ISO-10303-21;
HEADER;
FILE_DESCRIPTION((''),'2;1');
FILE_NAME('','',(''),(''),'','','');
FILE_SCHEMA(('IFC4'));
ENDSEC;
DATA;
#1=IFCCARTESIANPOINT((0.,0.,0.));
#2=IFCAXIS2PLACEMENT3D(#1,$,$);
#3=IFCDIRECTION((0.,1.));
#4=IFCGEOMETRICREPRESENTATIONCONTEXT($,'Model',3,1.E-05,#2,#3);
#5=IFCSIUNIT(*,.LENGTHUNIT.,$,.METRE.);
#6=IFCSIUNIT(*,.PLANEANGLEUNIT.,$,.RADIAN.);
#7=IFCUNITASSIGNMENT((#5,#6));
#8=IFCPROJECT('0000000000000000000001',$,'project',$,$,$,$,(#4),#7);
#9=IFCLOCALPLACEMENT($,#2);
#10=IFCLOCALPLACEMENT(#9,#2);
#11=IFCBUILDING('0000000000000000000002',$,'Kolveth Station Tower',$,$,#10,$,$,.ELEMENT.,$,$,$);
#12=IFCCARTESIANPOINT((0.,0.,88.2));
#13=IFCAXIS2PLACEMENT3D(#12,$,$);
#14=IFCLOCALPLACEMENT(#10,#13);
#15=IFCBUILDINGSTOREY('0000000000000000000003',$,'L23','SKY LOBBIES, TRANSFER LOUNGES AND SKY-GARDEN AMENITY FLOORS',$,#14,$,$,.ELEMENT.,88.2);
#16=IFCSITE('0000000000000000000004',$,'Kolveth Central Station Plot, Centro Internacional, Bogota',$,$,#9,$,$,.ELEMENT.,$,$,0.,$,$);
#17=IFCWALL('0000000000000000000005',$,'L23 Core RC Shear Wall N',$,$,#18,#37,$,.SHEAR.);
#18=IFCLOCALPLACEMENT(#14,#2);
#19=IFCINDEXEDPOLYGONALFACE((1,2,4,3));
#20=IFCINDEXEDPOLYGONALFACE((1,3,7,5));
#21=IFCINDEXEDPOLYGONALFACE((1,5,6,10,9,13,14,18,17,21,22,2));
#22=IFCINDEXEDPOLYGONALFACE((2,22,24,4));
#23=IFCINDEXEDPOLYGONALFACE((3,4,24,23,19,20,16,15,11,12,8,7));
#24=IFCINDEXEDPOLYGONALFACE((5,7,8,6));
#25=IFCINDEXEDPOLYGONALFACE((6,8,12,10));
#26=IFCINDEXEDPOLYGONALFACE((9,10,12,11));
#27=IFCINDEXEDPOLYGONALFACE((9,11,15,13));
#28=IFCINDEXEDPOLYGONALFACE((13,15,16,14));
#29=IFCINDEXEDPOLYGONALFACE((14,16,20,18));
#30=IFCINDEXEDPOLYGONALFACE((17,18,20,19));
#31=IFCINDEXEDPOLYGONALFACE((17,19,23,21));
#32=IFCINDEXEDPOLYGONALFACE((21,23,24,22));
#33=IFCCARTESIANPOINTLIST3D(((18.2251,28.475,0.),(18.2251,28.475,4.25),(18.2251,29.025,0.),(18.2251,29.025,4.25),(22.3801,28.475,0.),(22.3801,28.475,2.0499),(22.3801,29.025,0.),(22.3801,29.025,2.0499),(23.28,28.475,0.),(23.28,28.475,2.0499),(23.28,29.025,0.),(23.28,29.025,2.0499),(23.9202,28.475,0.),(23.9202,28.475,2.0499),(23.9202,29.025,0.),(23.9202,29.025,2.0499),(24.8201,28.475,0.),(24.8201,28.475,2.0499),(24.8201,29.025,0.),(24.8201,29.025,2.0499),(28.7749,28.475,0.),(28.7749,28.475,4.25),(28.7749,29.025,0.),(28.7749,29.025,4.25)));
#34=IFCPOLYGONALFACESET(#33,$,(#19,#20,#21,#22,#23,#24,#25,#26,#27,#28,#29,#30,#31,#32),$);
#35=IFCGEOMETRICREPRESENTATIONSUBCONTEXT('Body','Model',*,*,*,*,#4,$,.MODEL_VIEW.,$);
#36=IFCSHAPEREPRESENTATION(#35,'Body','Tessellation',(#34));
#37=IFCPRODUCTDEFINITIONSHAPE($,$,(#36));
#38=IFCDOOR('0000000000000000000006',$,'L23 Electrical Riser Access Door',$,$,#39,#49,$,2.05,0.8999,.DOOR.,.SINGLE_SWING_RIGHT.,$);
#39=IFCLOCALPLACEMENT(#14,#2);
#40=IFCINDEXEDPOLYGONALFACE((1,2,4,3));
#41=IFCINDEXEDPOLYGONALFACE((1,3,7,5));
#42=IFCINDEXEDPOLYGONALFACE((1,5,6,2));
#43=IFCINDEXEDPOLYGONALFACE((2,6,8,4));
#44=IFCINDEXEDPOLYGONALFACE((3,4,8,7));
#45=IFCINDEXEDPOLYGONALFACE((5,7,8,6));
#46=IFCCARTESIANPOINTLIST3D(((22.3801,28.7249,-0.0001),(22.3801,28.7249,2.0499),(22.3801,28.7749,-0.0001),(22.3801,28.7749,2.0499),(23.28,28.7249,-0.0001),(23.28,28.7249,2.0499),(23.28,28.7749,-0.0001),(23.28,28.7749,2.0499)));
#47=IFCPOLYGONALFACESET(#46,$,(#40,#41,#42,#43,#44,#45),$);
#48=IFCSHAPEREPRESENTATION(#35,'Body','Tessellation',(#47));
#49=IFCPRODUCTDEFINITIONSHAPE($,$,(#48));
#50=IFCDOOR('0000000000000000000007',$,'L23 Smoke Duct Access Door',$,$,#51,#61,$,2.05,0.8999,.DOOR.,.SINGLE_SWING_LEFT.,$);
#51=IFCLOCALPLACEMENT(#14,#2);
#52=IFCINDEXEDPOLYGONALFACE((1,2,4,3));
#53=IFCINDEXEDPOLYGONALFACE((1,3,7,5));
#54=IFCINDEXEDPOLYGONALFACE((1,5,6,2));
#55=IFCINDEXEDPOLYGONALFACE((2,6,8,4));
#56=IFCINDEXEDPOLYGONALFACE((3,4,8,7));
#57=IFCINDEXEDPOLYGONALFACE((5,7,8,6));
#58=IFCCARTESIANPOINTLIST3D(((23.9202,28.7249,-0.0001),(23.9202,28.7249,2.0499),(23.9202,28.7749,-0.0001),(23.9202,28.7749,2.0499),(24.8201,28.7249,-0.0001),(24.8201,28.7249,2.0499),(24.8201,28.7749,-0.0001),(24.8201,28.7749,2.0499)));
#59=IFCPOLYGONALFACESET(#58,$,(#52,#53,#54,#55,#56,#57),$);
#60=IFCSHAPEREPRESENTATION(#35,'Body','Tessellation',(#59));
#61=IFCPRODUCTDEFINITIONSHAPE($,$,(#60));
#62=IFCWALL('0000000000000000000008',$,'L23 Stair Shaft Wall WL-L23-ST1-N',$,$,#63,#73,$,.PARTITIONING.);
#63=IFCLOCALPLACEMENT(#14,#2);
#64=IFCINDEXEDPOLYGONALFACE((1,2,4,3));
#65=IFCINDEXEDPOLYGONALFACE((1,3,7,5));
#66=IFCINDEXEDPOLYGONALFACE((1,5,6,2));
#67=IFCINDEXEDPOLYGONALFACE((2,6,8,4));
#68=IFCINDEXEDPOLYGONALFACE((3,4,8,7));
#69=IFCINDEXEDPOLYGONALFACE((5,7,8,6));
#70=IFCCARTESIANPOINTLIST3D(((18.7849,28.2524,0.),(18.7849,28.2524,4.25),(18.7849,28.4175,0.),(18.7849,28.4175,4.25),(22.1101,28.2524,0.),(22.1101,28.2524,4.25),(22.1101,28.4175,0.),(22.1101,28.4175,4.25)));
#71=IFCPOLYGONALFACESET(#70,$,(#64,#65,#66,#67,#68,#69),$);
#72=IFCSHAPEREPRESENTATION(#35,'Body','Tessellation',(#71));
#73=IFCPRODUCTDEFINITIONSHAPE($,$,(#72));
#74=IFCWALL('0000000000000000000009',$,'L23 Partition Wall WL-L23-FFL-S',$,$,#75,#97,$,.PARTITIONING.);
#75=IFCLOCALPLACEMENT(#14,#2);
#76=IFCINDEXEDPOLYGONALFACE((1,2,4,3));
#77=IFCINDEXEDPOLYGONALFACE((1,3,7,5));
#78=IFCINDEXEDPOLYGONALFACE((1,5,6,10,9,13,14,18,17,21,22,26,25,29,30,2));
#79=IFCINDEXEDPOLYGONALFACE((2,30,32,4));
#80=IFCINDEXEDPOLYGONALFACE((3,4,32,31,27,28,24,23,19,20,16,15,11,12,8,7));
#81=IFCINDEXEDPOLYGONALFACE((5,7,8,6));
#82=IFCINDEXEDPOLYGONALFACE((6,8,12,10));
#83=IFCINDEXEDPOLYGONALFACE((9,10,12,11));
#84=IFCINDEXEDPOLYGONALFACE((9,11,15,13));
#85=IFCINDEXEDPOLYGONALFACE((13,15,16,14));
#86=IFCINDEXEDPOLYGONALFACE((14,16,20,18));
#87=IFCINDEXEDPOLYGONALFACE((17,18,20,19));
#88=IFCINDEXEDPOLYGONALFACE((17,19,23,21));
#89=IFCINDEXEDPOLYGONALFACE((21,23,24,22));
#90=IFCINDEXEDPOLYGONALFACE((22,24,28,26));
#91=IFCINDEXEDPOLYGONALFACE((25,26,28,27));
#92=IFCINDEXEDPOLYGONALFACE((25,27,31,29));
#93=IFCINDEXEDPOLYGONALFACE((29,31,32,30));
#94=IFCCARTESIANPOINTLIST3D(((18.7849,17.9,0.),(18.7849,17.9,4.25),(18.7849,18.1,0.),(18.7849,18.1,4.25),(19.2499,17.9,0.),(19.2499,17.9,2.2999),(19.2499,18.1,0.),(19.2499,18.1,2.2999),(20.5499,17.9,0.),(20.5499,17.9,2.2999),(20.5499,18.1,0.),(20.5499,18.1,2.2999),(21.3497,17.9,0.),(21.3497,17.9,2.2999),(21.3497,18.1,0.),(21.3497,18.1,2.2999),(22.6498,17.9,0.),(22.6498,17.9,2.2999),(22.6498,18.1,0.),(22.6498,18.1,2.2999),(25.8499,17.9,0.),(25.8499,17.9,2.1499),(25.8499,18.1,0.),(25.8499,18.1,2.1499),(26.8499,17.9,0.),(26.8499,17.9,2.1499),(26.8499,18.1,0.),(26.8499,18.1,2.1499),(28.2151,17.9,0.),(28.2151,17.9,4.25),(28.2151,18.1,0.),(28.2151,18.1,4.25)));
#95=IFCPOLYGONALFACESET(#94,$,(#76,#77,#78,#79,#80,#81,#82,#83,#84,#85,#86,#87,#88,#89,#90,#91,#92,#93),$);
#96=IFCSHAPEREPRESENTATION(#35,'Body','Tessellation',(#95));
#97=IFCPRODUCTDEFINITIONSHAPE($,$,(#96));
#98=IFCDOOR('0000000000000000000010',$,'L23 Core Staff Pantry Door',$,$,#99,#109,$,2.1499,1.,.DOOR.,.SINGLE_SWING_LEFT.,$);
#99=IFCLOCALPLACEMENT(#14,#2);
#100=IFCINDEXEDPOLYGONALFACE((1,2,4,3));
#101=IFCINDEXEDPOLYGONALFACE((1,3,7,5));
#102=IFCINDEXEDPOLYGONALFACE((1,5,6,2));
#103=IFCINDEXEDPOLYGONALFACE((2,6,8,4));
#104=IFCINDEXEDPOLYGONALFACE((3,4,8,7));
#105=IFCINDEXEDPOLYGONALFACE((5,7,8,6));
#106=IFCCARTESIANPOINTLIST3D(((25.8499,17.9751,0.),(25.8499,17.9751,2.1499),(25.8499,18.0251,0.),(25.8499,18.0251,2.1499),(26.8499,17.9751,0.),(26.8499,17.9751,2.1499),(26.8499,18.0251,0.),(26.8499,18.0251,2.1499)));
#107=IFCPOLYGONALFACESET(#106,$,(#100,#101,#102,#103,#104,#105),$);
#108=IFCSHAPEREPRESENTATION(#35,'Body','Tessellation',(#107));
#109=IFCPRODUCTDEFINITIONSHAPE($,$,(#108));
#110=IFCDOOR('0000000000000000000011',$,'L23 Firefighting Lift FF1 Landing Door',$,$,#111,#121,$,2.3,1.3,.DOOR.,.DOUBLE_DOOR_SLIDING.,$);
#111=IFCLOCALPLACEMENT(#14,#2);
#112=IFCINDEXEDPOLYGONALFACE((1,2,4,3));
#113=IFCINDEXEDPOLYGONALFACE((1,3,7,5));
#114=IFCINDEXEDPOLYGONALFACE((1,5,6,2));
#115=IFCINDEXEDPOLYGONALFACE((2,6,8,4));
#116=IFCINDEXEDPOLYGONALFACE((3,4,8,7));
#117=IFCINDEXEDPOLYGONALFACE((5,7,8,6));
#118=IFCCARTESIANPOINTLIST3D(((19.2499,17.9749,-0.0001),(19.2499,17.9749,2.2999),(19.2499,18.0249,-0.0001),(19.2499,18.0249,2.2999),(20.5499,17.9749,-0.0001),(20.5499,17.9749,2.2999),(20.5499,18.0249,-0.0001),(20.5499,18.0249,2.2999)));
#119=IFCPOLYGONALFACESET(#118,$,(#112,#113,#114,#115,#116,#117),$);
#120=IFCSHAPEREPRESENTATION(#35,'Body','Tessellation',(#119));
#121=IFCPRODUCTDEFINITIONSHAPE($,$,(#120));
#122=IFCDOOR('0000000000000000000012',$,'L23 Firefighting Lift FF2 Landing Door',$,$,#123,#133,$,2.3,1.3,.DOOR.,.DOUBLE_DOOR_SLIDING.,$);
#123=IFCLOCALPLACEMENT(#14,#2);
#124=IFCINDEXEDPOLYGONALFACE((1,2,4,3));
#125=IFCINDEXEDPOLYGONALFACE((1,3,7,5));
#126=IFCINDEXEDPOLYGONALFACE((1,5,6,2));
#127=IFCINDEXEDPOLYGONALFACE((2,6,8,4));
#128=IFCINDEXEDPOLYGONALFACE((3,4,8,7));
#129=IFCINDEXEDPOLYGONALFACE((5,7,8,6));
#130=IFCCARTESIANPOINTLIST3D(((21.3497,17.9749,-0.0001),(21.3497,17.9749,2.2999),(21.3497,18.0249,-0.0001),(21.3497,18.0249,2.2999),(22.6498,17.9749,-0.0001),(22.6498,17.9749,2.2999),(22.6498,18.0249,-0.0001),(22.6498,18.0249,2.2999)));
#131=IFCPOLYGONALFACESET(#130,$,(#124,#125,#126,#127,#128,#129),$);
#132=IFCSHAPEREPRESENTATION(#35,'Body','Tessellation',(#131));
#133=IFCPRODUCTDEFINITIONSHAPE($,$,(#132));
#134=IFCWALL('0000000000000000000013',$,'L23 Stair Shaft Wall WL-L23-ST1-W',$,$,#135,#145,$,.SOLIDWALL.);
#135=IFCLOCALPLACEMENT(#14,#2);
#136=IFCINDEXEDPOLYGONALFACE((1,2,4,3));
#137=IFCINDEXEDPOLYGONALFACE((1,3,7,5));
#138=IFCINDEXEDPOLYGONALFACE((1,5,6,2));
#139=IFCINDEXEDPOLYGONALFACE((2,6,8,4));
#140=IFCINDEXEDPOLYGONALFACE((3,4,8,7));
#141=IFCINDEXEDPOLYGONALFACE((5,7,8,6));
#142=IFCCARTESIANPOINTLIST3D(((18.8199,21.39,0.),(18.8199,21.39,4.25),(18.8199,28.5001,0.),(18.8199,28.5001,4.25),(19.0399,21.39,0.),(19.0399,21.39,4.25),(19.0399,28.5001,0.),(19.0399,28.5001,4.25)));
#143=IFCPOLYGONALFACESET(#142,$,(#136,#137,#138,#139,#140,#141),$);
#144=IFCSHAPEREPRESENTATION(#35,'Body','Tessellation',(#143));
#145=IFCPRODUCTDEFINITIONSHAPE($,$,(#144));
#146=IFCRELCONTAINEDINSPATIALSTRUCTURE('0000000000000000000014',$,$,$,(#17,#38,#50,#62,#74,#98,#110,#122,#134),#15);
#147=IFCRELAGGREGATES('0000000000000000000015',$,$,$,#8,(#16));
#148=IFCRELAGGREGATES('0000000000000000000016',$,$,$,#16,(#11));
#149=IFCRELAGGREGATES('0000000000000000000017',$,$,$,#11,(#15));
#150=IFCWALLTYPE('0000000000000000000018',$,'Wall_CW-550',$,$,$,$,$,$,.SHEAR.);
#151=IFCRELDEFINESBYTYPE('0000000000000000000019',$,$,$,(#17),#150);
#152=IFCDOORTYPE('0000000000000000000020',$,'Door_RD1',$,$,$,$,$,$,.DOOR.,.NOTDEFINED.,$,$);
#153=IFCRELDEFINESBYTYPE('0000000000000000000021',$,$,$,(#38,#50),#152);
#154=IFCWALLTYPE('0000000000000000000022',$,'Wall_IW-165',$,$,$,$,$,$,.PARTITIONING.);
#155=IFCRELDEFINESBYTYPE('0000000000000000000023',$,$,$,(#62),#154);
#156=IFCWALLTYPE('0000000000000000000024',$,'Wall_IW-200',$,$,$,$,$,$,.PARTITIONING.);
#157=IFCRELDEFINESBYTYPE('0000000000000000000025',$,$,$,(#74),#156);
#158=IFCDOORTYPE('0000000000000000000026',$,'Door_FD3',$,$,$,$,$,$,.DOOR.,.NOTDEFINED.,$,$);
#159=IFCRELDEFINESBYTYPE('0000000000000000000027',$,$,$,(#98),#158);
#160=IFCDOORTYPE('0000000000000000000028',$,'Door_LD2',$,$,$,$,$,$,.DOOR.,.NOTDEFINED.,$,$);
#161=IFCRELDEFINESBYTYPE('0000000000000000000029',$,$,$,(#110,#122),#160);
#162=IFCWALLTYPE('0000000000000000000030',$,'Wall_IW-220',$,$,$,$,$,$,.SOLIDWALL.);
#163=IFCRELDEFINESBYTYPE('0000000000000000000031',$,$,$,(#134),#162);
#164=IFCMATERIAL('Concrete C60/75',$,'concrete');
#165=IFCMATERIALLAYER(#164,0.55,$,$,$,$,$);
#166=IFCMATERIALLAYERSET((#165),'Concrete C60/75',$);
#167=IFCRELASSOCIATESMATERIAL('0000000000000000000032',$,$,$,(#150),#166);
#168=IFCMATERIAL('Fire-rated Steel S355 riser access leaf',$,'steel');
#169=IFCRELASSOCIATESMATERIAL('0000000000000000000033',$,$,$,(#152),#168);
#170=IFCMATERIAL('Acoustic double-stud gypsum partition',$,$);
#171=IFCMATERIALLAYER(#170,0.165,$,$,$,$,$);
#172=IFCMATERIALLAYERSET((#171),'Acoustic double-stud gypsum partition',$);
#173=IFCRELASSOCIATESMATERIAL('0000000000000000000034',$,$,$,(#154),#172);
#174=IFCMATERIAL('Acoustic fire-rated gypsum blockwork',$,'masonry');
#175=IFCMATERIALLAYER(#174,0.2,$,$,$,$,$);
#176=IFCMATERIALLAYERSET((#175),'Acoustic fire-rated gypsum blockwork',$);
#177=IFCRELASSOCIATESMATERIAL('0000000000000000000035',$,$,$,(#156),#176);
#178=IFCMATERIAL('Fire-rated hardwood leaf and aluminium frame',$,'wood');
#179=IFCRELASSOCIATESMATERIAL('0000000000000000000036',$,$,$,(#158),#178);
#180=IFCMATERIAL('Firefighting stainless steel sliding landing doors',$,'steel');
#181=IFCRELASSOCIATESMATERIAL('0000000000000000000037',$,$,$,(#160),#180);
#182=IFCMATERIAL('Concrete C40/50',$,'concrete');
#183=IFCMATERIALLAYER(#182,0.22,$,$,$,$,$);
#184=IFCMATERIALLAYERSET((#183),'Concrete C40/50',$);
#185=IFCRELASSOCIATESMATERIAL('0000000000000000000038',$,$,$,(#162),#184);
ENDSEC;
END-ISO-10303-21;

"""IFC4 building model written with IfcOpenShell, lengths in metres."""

from ifc_helpers import new_model, si_unit, direction, frame, frame_2d, origin, place, context, subcontext, project, spatial, rectangle, extrude, material, layer, layer_set, type_object, element, fill, save


model = new_model("IFC4")

# Units and contexts
model_context = context("Model", 3, precision=1e-05, world=origin(), true_north=direction((0.0, 1.0)))
body_context = subcontext(model_context, "Body", "Model", "MODEL_VIEW")
ifc_project = project(units=[si_unit("LENGTHUNIT", "METRE"), si_unit("PLANEANGLEUNIT", "RADIAN")], contexts=[model_context])

# Site, building, storey
site_placement = place(None, origin())
site = spatial("IfcSite", under=ifc_project, at=site_placement, Name="Kolveth Central Station Plot, Centro Internacional, Bogota", CompositionType="ELEMENT", RefElevation=0.0)
building_placement = place(site_placement, origin())
building = spatial("IfcBuilding", under=site, at=building_placement, Name="Kolveth Station Tower", CompositionType="ELEMENT")
storey_placement = place(building_placement, frame((0.0, 0.0, 88.2)))
storey = spatial("IfcBuildingStorey", under=building, at=storey_placement, Name="L23", Description="SKY LOBBIES, TRANSFER LOUNGES AND SKY-GARDEN AMENITY FLOORS", CompositionType="ELEMENT", Elevation=88.2)

# Wall, openings, doors
ifc_material_1 = material(Name="Concrete C60/75", Category="concrete")
ifc_layer_1 = layer(ifc_material_1, 0.55)
ifc_layer_set_1 = layer_set([ifc_layer_1], Name="Concrete C60/75")
wall_type_1 = type_object("IfcWallType", Name="Wall_CW-550", PredefinedType="SHEAR", material=ifc_layer_set_1)
wall_1_placement = place(storey_placement, frame((18.2251, 28.75, 0.0), z_axis=(0.0, 0.0, 1.0), x_axis=(1.0, 0.0, 0.0)))
wall_1 = element("IfcWall", 1, at=wall_1_placement, inside=storey, type_object=wall_type_1, Name="L23 Core RC Shear Wall N", PredefinedType="SHEAR", context=body_context, shape_type="SweptSolid", body=[
    extrude(rectangle(XDim=10.5498, YDim=0.55, at=frame_2d((5.2749, 0.0))), origin(), (0.0, 0.0, 1.0), 4.25),
])
opening_1_placement = place(wall_1_placement, frame((4.155, 0.0, 0.0)))
opening_1 = element("IfcOpeningElement", 2, at=opening_1_placement, cuts=wall_1, PredefinedType="OPENING", context=body_context, shape_type="SweptSolid", body=[
    extrude(rectangle(XDim=0.8999, YDim=2.05, at=frame_2d((0.45, 1.0249))), frame((0.0, 0.2849, 0.0), z_axis=(0.0, -1.0, 0.0), x_axis=(1.0, 0.0, 0.0)), (0.0, 0.0, 1.0), 0.5701),
])
opening_2_placement = place(wall_1_placement, frame((5.6951, 0.0, 0.0)))
opening_2 = element("IfcOpeningElement", 3, at=opening_2_placement, cuts=wall_1, PredefinedType="OPENING", context=body_context, shape_type="SweptSolid", body=[
    extrude(rectangle(XDim=0.8999, YDim=2.05, at=frame_2d((0.45, 1.0249))), frame((0.0, 0.2849, 0.0), z_axis=(0.0, -1.0, 0.0), x_axis=(1.0, 0.0, 0.0)), (0.0, 0.0, 1.0), 0.5701),
])
ifc_material_2 = material(Name="Fire-rated Steel S355 riser access leaf", Category="steel")
door_type_1 = type_object("IfcDoorType", Name="Door_RD1", OperationType="NOTDEFINED", PredefinedType="DOOR", material=ifc_material_2)
door_1_placement = place(opening_1_placement, origin())
door_1 = element("IfcDoor", 4, at=door_1_placement, inside=storey, type_object=door_type_1, Name="L23 Electrical Riser Access Door", OperationType="SINGLE_SWING_RIGHT", OverallHeight=2.05, OverallWidth=0.8999, PredefinedType="DOOR", context=body_context, shape_type="SweptSolid", body=[
    extrude(rectangle(XDim=0.8999, YDim=2.05, at=frame_2d((0.45, 1.0249))), frame((0.0, 0.0249, 0.0), z_axis=(0.0, -1.0, 0.0), x_axis=(1.0, 0.0, 0.0)), (0.0, 0.0, 1.0), 0.05),
])
fill(opening_1, door_1)
door_2_placement = place(opening_2_placement, origin())
door_2 = element("IfcDoor", 5, at=door_2_placement, inside=storey, type_object=door_type_1, Name="L23 Smoke Duct Access Door", OperationType="SINGLE_SWING_LEFT", OverallHeight=2.05, OverallWidth=0.8999, PredefinedType="DOOR", context=body_context, shape_type="SweptSolid", body=[
    extrude(rectangle(XDim=0.8999, YDim=2.05, at=frame_2d((0.45, 1.0249))), frame((0.0, 0.0249, 0.0), z_axis=(0.0, -1.0, 0.0), x_axis=(1.0, 0.0, 0.0)), (0.0, 0.0, 1.0), 0.05),
])
fill(opening_2, door_2)

# Wall
ifc_material_3 = material(Name="Acoustic double-stud gypsum partition")
ifc_layer_2 = layer(ifc_material_3, 0.165)
ifc_layer_set_2 = layer_set([ifc_layer_2], Name="Acoustic double-stud gypsum partition")
wall_type_2 = type_object("IfcWallType", Name="Wall_IW-165", PredefinedType="PARTITIONING", material=ifc_layer_set_2)
wall_2_placement = place(storey_placement, frame((18.7849, 28.335, 0.0), z_axis=(0.0, 0.0, 1.0), x_axis=(1.0, 0.0, 0.0)))
element("IfcWall", 6, at=wall_2_placement, inside=storey, type_object=wall_type_2, Name="L23 Stair Shaft Wall WL-L23-ST1-N", PredefinedType="PARTITIONING", context=body_context, shape_type="SweptSolid", body=[
    extrude(rectangle(XDim=3.3252, YDim=0.165, at=frame_2d((1.6626, 0.0))), origin(), (0.0, 0.0, 1.0), 4.25),
])

# Wall, openings, doors
ifc_material_4 = material(Name="Acoustic fire-rated gypsum blockwork", Category="masonry")
ifc_layer_3 = layer(ifc_material_4, 0.2)
ifc_layer_set_3 = layer_set([ifc_layer_3], Name="Acoustic fire-rated gypsum blockwork")
wall_type_3 = type_object("IfcWallType", Name="Wall_IW-200", PredefinedType="PARTITIONING", material=ifc_layer_set_3)
wall_3_placement = place(storey_placement, frame((18.7849, 18.0, 0.0), z_axis=(0.0, 0.0, 1.0), x_axis=(1.0, 0.0, 0.0)))
wall_3 = element("IfcWall", 7, at=wall_3_placement, inside=storey, type_object=wall_type_3, Name="L23 Partition Wall WL-L23-FFL-S", PredefinedType="PARTITIONING", context=body_context, shape_type="SweptSolid", body=[
    extrude(rectangle(XDim=9.4302, YDim=0.2, at=frame_2d((4.7151, 0.0))), origin(), (0.0, 0.0, 1.0), 4.25),
])
opening_3_placement = place(wall_3_placement, frame((0.4651, 0.0, 0.0)))
opening_3 = element("IfcOpeningElement", 8, at=opening_3_placement, cuts=wall_3, PredefinedType="OPENING", context=body_context, shape_type="SweptSolid", body=[
    extrude(rectangle(XDim=1.3, YDim=2.3, at=frame_2d((0.6499, 1.1499))), frame((0.0, 0.1099, 0.0), z_axis=(0.0, -1.0, 0.0), x_axis=(1.0, 0.0, 0.0)), (0.0, 0.0, 1.0), 0.22),
])
opening_4_placement = place(wall_3_placement, frame((2.5649, 0.0, 0.0)))
opening_4 = element("IfcOpeningElement", 9, at=opening_4_placement, cuts=wall_3, PredefinedType="OPENING", context=body_context, shape_type="SweptSolid", body=[
    extrude(rectangle(XDim=1.3, YDim=2.3, at=frame_2d((0.6499, 1.1499))), frame((0.0, 0.1099, 0.0), z_axis=(0.0, -1.0, 0.0), x_axis=(1.0, 0.0, 0.0)), (0.0, 0.0, 1.0), 0.22),
])
opening_5_placement = place(wall_3_placement, frame((7.0649, 0.0, 0.0)))
opening_5 = element("IfcOpeningElement", 10, at=opening_5_placement, cuts=wall_3, PredefinedType="OPENING", context=body_context, shape_type="SweptSolid", body=[
    extrude(rectangle(XDim=1.0, YDim=2.1499, at=frame_2d((0.5, 1.075))), frame((0.0, 0.1099, 0.0), z_axis=(0.0, -1.0, 0.0), x_axis=(1.0, 0.0, 0.0)), (0.0, 0.0, 1.0), 0.22),
])
ifc_material_5 = material(Name="Fire-rated hardwood leaf and aluminium frame", Category="wood")
door_type_2 = type_object("IfcDoorType", Name="Door_FD3", OperationType="NOTDEFINED", PredefinedType="DOOR", material=ifc_material_5)
door_3_placement = place(opening_5_placement, frame((1.0, 0.0, 0.0), z_axis=(0.0, 0.0, 1.0), x_axis=(-1.0, 0.0, 0.0)))
door_3 = element("IfcDoor", 11, at=door_3_placement, inside=storey, type_object=door_type_2, Name="L23 Core Staff Pantry Door", OperationType="SINGLE_SWING_LEFT", OverallHeight=2.1499, OverallWidth=1.0, PredefinedType="DOOR", context=body_context, shape_type="SweptSolid", body=[
    extrude(rectangle(XDim=1.0, YDim=2.1499, at=frame_2d((0.5, 1.075))), frame((0.0, 0.0249, 0.0), z_axis=(0.0, -1.0, 0.0), x_axis=(1.0, 0.0, 0.0)), (0.0, 0.0, 1.0), 0.05),
])
fill(opening_5, door_3)
ifc_material_6 = material(Name="Firefighting stainless steel sliding landing doors", Category="steel")
door_type_3 = type_object("IfcDoorType", Name="Door_LD2", OperationType="NOTDEFINED", PredefinedType="DOOR", material=ifc_material_6)
door_4_placement = place(opening_3_placement, origin())
door_4 = element("IfcDoor", 12, at=door_4_placement, inside=storey, type_object=door_type_3, Name="L23 Firefighting Lift FF1 Landing Door", OperationType="DOUBLE_DOOR_SLIDING", OverallHeight=2.3, OverallWidth=1.3, PredefinedType="DOOR", context=body_context, shape_type="SweptSolid", body=[
    extrude(rectangle(XDim=1.3, YDim=2.3, at=frame_2d((0.6499, 1.1499))), frame((0.0, 0.0249, 0.0), z_axis=(0.0, -1.0, 0.0), x_axis=(1.0, 0.0, 0.0)), (0.0, 0.0, 1.0), 0.05),
])
fill(opening_3, door_4)
door_5_placement = place(opening_4_placement, origin())
door_5 = element("IfcDoor", 13, at=door_5_placement, inside=storey, type_object=door_type_3, Name="L23 Firefighting Lift FF2 Landing Door", OperationType="DOUBLE_DOOR_SLIDING", OverallHeight=2.3, OverallWidth=1.3, PredefinedType="DOOR", context=body_context, shape_type="SweptSolid", body=[
    extrude(rectangle(XDim=1.3, YDim=2.3, at=frame_2d((0.6499, 1.1499))), frame((0.0, 0.0249, 0.0), z_axis=(0.0, -1.0, 0.0), x_axis=(1.0, 0.0, 0.0)), (0.0, 0.0, 1.0), 0.05),
])
fill(opening_4, door_5)

# Wall
ifc_material_7 = material(Name="Concrete C40/50", Category="concrete")
ifc_layer_4 = layer(ifc_material_7, 0.22)
ifc_layer_set_4 = layer_set([ifc_layer_4], Name="Concrete C40/50")
wall_type_4 = type_object("IfcWallType", Name="Wall_IW-220", PredefinedType="SOLIDWALL", material=ifc_layer_set_4)
wall_4_placement = place(storey_placement, frame((18.9299, 21.3899, 0.0), z_axis=(0.0, 0.0, 1.0), x_axis=(0.0, 1.0, 0.0)))
element("IfcWall", 14, at=wall_4_placement, inside=storey, type_object=wall_type_4, Name="L23 Stair Shaft Wall WL-L23-ST1-W", PredefinedType="SOLIDWALL", context=body_context, shape_type="SweptSolid", body=[
    extrude(rectangle(XDim=7.1101, YDim=0.22, at=frame_2d((3.5552, 0.0))), origin(), (0.0, 0.0, 1.0), 4.25),
])

save(model, "model.ifc")
